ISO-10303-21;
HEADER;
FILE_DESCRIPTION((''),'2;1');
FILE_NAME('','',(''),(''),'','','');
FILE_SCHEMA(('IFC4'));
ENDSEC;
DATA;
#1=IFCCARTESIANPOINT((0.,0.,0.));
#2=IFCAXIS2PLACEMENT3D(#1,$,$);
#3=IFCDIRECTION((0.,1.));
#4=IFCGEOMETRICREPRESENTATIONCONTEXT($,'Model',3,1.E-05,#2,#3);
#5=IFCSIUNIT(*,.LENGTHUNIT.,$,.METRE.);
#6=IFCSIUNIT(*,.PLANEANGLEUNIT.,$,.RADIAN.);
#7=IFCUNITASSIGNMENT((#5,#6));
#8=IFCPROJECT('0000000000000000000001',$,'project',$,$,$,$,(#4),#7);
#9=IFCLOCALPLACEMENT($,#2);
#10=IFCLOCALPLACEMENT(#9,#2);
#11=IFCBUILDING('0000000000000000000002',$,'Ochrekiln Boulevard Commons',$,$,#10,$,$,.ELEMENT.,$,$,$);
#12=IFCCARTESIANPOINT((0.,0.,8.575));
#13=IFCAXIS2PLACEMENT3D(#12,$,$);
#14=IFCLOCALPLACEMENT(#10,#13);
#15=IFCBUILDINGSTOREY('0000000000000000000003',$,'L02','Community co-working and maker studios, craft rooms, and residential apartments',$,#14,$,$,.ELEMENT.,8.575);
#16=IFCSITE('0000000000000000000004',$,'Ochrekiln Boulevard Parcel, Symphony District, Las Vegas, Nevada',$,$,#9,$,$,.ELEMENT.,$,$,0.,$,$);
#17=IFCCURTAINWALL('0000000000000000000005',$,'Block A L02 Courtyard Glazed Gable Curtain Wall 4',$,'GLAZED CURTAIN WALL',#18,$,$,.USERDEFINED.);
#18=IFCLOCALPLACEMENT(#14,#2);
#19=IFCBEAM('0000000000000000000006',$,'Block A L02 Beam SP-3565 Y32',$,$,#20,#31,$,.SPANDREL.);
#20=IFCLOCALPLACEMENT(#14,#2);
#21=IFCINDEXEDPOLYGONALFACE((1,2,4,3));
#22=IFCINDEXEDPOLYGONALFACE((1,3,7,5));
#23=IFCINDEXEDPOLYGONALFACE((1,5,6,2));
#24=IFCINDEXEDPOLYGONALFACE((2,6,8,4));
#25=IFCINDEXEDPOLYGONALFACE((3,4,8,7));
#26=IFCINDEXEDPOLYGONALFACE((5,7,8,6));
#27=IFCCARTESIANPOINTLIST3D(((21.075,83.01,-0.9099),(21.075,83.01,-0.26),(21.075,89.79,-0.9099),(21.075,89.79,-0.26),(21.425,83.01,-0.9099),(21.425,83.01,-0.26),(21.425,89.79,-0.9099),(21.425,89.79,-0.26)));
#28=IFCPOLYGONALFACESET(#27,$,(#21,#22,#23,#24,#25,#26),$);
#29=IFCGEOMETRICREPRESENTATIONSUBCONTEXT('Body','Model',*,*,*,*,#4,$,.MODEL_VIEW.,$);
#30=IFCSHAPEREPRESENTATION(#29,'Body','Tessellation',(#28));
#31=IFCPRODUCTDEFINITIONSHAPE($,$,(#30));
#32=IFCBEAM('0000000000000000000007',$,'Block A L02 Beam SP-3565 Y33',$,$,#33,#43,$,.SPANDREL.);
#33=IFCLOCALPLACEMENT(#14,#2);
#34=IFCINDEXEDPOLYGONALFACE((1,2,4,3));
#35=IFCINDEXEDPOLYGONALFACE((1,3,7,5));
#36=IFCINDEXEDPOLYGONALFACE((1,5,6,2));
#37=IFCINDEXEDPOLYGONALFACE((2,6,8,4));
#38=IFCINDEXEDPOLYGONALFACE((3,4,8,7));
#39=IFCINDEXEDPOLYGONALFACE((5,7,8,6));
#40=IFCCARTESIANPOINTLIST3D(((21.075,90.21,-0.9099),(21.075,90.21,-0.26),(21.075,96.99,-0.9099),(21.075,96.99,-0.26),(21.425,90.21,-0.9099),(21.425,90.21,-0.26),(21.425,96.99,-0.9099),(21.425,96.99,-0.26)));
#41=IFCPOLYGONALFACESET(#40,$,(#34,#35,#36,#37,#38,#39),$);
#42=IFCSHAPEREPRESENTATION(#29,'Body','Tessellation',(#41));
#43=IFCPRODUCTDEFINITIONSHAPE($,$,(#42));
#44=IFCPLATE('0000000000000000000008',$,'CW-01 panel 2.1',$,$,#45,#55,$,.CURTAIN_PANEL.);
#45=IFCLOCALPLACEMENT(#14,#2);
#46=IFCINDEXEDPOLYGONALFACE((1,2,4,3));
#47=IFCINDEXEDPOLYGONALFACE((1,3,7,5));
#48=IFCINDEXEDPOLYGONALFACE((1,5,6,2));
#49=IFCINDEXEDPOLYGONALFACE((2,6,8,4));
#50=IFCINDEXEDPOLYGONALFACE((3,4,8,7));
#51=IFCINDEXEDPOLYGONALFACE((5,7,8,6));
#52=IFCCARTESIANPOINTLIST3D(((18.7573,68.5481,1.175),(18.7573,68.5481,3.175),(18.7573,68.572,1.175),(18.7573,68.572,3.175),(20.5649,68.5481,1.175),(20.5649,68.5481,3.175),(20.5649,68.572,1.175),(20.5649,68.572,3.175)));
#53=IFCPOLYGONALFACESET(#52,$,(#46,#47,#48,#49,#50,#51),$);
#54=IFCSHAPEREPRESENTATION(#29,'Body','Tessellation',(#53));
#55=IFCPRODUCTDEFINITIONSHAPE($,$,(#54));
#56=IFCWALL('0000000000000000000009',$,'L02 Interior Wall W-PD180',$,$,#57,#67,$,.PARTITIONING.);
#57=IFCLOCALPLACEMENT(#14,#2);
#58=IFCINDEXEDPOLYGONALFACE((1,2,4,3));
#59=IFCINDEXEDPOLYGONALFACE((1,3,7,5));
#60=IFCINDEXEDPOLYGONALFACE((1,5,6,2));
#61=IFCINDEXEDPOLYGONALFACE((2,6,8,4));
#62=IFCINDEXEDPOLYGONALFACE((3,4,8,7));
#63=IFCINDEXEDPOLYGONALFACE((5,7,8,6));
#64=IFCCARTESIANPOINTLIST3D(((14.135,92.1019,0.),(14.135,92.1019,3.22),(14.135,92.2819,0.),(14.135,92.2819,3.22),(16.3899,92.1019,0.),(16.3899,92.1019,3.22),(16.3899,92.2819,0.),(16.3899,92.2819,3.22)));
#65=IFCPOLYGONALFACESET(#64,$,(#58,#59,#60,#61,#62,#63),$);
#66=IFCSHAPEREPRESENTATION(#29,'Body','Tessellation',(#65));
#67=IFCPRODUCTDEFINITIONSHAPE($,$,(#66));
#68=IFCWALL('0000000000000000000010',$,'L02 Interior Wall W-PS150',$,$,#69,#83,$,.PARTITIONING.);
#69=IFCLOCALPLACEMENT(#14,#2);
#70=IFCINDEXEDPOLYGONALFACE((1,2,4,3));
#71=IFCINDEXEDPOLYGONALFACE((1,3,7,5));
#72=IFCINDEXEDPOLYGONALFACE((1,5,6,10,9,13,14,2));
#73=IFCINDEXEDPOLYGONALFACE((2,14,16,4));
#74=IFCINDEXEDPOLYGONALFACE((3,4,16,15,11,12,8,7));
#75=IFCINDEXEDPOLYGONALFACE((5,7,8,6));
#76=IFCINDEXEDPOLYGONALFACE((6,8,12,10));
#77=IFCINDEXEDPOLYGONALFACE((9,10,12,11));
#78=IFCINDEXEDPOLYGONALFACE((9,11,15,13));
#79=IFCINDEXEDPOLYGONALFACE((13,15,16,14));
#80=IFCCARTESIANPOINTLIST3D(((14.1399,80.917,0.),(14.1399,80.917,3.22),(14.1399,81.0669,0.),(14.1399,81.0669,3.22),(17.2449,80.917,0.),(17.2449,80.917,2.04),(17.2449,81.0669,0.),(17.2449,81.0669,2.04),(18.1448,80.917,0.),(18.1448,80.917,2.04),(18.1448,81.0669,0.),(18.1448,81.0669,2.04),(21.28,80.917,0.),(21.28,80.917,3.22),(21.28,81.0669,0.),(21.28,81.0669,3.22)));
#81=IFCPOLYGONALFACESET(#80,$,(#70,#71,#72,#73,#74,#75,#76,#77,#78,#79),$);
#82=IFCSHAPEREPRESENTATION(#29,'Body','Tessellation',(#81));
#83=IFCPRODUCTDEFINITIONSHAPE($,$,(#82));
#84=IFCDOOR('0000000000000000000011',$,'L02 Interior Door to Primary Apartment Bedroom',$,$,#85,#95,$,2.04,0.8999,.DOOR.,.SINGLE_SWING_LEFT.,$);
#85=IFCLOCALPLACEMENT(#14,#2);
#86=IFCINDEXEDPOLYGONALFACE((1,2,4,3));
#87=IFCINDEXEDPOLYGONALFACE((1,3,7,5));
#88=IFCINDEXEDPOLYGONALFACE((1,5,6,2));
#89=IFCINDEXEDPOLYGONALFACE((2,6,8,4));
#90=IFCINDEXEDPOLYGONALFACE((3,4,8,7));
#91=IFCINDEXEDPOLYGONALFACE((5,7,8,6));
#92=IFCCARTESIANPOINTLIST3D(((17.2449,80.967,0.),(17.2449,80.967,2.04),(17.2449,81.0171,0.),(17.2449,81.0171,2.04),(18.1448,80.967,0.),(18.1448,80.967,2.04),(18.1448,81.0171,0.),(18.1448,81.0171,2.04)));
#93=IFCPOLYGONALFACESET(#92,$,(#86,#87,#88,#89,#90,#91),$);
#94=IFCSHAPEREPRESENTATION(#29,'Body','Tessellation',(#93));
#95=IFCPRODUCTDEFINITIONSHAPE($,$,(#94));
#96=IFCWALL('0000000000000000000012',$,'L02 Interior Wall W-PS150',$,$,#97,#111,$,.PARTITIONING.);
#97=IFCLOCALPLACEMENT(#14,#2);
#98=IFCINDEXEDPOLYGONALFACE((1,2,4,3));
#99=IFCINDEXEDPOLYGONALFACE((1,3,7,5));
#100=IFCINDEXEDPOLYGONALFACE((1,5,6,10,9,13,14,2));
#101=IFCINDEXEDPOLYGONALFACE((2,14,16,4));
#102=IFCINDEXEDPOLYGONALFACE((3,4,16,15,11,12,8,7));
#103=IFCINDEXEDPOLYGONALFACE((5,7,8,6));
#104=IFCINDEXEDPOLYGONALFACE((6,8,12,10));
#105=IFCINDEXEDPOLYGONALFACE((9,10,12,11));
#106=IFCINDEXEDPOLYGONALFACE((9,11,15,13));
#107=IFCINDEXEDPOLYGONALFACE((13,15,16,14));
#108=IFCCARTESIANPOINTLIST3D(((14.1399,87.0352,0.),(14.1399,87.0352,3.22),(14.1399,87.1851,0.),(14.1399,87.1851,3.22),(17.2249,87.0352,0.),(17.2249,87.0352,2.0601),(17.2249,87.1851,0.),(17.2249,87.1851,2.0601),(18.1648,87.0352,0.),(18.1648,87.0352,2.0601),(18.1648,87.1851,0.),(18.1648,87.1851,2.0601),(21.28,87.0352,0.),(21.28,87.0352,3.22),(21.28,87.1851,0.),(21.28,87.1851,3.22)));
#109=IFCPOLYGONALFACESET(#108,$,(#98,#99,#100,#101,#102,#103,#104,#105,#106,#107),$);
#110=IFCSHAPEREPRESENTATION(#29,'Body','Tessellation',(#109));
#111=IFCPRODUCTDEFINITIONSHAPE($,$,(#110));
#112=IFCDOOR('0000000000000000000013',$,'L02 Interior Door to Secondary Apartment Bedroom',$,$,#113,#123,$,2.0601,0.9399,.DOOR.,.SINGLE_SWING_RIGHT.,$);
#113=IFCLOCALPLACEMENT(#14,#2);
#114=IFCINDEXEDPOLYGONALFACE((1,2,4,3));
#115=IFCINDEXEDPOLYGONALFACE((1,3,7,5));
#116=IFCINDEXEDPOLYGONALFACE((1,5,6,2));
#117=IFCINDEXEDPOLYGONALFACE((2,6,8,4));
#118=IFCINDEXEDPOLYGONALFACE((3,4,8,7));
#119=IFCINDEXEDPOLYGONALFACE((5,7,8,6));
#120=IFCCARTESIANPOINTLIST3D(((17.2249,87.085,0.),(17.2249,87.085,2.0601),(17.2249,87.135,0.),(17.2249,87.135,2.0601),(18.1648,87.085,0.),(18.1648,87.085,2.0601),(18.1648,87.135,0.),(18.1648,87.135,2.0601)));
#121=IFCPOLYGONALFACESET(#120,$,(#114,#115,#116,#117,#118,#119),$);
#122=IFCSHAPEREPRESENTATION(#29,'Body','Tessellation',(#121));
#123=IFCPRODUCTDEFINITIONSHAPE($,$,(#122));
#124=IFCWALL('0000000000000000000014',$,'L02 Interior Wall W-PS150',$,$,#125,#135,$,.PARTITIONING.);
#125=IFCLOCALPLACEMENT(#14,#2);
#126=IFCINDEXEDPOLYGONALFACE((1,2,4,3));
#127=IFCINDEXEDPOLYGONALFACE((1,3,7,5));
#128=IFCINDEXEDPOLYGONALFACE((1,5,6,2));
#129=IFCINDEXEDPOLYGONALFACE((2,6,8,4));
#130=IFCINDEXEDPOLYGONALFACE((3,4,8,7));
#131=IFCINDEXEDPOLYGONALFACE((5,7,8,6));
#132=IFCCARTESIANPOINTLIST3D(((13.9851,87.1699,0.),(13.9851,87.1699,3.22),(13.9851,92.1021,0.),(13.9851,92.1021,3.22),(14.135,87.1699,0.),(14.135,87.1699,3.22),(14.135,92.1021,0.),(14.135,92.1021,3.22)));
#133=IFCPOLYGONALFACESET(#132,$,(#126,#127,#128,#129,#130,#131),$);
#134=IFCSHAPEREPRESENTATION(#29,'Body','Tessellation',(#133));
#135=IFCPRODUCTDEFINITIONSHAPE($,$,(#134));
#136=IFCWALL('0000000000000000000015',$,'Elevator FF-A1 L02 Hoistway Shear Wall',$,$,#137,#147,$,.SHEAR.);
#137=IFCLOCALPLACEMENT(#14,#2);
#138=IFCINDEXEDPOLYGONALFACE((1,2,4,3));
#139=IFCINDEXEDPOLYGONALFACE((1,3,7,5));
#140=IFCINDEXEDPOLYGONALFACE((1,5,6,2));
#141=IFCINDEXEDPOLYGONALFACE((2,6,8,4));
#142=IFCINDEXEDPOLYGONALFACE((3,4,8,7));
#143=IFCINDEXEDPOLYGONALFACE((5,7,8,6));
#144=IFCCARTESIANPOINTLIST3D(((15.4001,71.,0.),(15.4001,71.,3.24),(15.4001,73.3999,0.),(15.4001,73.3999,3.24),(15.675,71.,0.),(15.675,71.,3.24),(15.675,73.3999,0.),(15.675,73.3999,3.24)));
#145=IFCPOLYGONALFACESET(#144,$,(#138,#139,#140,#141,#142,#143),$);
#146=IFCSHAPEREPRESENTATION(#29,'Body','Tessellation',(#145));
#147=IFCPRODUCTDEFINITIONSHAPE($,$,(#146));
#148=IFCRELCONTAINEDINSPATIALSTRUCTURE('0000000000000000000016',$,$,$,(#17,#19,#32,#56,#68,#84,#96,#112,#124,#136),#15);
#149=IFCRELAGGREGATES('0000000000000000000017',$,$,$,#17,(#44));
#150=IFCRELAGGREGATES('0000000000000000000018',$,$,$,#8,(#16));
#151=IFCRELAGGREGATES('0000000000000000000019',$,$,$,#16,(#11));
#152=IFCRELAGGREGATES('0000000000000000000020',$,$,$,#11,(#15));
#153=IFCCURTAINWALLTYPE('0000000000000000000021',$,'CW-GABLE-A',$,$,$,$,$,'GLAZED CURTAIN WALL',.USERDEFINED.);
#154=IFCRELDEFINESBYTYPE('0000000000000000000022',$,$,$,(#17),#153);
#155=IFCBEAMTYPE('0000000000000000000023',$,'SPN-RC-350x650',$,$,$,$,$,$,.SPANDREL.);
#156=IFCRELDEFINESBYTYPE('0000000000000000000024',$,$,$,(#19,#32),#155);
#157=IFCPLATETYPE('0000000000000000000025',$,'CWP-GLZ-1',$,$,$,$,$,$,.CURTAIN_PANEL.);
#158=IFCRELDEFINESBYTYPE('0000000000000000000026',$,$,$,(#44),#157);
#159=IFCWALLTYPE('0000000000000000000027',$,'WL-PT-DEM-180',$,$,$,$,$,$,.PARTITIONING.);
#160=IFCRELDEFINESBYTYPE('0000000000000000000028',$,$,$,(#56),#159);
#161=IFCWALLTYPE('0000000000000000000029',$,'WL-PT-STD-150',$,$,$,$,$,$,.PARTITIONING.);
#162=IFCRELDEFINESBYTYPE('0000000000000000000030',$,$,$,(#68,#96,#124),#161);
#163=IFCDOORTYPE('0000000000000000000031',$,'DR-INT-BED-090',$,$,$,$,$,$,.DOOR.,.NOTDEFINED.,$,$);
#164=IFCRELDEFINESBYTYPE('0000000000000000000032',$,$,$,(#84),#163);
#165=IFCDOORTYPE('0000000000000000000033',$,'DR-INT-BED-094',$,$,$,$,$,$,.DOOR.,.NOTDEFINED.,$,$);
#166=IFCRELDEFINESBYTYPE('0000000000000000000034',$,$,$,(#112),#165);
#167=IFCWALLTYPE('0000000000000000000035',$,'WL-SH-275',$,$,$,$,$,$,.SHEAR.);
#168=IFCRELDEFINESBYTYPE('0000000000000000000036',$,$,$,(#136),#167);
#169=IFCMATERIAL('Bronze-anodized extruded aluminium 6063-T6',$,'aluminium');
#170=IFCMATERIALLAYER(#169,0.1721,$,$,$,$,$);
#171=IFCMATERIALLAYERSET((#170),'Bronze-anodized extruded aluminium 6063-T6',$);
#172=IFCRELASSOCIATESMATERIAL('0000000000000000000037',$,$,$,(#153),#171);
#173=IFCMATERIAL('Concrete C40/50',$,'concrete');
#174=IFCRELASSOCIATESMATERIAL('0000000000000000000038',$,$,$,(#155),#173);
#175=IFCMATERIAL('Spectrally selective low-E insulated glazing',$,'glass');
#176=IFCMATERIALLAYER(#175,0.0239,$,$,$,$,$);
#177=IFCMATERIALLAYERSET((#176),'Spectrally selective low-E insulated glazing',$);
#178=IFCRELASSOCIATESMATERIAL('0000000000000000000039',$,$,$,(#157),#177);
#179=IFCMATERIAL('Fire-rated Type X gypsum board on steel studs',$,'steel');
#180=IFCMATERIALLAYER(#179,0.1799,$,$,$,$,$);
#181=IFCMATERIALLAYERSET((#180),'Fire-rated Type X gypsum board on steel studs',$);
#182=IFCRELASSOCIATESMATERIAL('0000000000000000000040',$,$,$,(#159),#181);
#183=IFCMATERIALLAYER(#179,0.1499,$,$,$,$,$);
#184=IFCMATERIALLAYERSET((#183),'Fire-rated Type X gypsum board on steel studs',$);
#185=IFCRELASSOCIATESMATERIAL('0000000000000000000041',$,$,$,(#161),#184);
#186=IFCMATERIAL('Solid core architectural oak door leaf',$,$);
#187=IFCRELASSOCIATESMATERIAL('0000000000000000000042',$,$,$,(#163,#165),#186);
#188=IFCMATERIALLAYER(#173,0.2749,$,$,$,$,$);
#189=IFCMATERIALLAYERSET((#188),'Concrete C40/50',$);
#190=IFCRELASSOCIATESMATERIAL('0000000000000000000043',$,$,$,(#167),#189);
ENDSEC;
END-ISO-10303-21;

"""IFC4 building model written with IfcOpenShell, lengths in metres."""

from ifc_helpers import new_model, si_unit, direction, frame, frame_2d, origin, origin_2d, place, context, subcontext, project, spatial, rectangle, extrude, material, layer, layer_set, material_profile, profile_set, type_object, element, fill, aggregate, save


model = new_model("IFC4")

# Units and contexts
model_context = context("Model", 3, precision=1e-05, world=origin(), true_north=direction((0.0, 1.0)))
body_context = subcontext(model_context, "Body", "Model", "MODEL_VIEW")
ifc_project = project(units=[si_unit("LENGTHUNIT", "METRE"), si_unit("PLANEANGLEUNIT", "RADIAN")], contexts=[model_context])

# Site, building, storey
site_placement = place(None, origin())
site = spatial("IfcSite", under=ifc_project, at=site_placement, Name="Ochrekiln Boulevard Parcel, Symphony District, Las Vegas, Nevada", CompositionType="ELEMENT", RefElevation=0.0)
building_placement = place(site_placement, origin())
building = spatial("IfcBuilding", under=site, at=building_placement, Name="Ochrekiln Boulevard Commons", CompositionType="ELEMENT")
storey_placement = place(building_placement, frame((0.0, 0.0, 8.575)))
storey = spatial("IfcBuildingStorey", under=building, at=storey_placement, Name="L02", Description="Community co-working and maker studios, craft rooms, and residential apartments", CompositionType="ELEMENT", Elevation=8.575)

# Shared definitions
ifc_material_1 = material(Name="Concrete C40/50", Category="concrete")

# Curtain wall
ifc_material_2 = material(Name="Bronze-anodized extruded aluminium 6063-T6", Category="aluminium")
ifc_layer_1 = layer(ifc_material_2, 0.1721)
ifc_layer_set_1 = layer_set([ifc_layer_1], Name="Bronze-anodized extruded aluminium 6063-T6")
curtain_wall_type = type_object("IfcCurtainWallType", Name="CW-GABLE-A", ElementType="GLAZED CURTAIN WALL", PredefinedType="USERDEFINED", material=ifc_layer_set_1)
curtain_wall_placement = place(storey_placement, origin())
curtain_wall = element("IfcCurtainWall", 1, at=curtain_wall_placement, inside=storey, type_object=curtain_wall_type, Name="Block A L02 Courtyard Glazed Gable Curtain Wall 4", ObjectType="GLAZED CURTAIN WALL", PredefinedType="USERDEFINED")

# Beams
ifc_material_profile_1 = material_profile(ifc_material_1, rectangle(XDim=0.3501, YDim=0.6499, at=origin_2d()), Name="RC-SPN-350x650")
ifc_profile_set_1 = profile_set([ifc_material_profile_1], Name="Concrete C40/50")
beam_type_1 = type_object("IfcBeamType", Name="SPN-RC-350x650", PredefinedType="SPANDREL", material=ifc_profile_set_1)
for number, where, z_axis, x_axis, name in (
    (2, (21.25, 83.01, -0.585), (0.0, 1.0, 0.0), (-1.0, 0.0, 0.0), "Block A L02 Beam SP-3565 Y32"),
    (3, (21.25, 90.21, -0.585), (0.0, 1.0, 0.0), (-1.0, 0.0, 0.0), "Block A L02 Beam SP-3565 Y33"),
):
    element("IfcBeam", number, at=place(storey_placement, frame(where, z_axis=z_axis, x_axis=x_axis)), inside=storey, type_object=beam_type_1, Name=name, PredefinedType="SPANDREL", context=body_context, shape_type="SweptSolid", body=[
        extrude(rectangle(XDim=0.3501, YDim=0.6499, at=origin_2d()), origin(), (0.0, 0.0, 1.0), 6.78),
    ])

# Plate
ifc_material_3 = material(Name="Spectrally selective low-E insulated glazing", Category="glass")
ifc_layer_2 = layer(ifc_material_3, 0.0239)
ifc_layer_set_2 = layer_set([ifc_layer_2], Name="Spectrally selective low-E insulated glazing")
plate_type = type_object("IfcPlateType", Name="CWP-GLZ-1", PredefinedType="CURTAIN_PANEL", material=ifc_layer_set_2)
plate_placement = place(storey_placement, frame((19.6611, 68.5601, 1.175), z_axis=(0.0, 0.0, 1.0), x_axis=(1.0, 0.0, 0.0)))
plate = element("IfcPlate", 4, at=plate_placement, type_object=plate_type, Name="CW-01 panel 2.1", PredefinedType="CURTAIN_PANEL", context=body_context, shape_type="SweptSolid", body=[
    extrude(rectangle(XDim=1.8076, YDim=0.0239, at=origin_2d()), origin(), (0.0, 0.0, 1.0), 2.0),
])
aggregate(curtain_wall, [plate])

# Wall
ifc_material_4 = material(Name="Fire-rated Type X gypsum board on steel studs", Category="steel")
ifc_layer_3 = layer(ifc_material_4, 0.1799)
ifc_layer_set_3 = layer_set([ifc_layer_3], Name="Fire-rated Type X gypsum board on steel studs")
wall_type_1 = type_object("IfcWallType", Name="WL-PT-DEM-180", PredefinedType="PARTITIONING", material=ifc_layer_set_3)
wall_1_placement = place(storey_placement, frame((14.135, 92.1919, 0.0), z_axis=(0.0, 0.0, 1.0), x_axis=(1.0, 0.0, 0.0)))
element("IfcWall", 5, at=wall_1_placement, inside=storey, type_object=wall_type_1, Name="L02 Interior Wall W-PD180", PredefinedType="PARTITIONING", context=body_context, shape_type="SweptSolid", body=[
    extrude(rectangle(XDim=2.2549, YDim=0.1799, at=frame_2d((1.1274, 0.0))), origin(), (0.0, 0.0, 1.0), 3.22),
])

# Walls, openings, doors
ifc_layer_4 = layer(ifc_material_4, 0.1499)
ifc_layer_set_4 = layer_set([ifc_layer_4], Name="Fire-rated Type X gypsum board on steel studs")
wall_type_2 = type_object("IfcWallType", Name="WL-PT-STD-150", PredefinedType="PARTITIONING", material=ifc_layer_set_4)
wall_2_placement = place(storey_placement, frame((14.1399, 80.9919, 0.0), z_axis=(0.0, 0.0, 1.0), x_axis=(1.0, 0.0, 0.0)))
wall_2 = element("IfcWall", 6, at=wall_2_placement, inside=storey, type_object=wall_type_2, Name="L02 Interior Wall W-PS150", PredefinedType="PARTITIONING", context=body_context, shape_type="SweptSolid", body=[
    extrude(rectangle(XDim=7.1401, YDim=0.1499, at=frame_2d((3.5701, 0.0))), origin(), (0.0, 0.0, 1.0), 3.22),
])
opening_1_placement = place(wall_2_placement, frame((3.105, 0.0, 0.0)))
opening_1 = element("IfcOpeningElement", 7, at=opening_1_placement, cuts=wall_2, PredefinedType="OPENING", context=body_context, shape_type="SweptSolid", body=[
    extrude(rectangle(XDim=0.8999, YDim=2.04, at=frame_2d((0.45, 1.02))), frame((0.0, 0.085, 0.0), z_axis=(0.0, -1.0, 0.0), x_axis=(1.0, 0.0, 0.0)), (0.0, 0.0, 1.0), 0.1699),
])
ifc_material_5 = material(Name="Solid core architectural oak door leaf")
door_type_1 = type_object("IfcDoorType", Name="DR-INT-BED-090", OperationType="NOTDEFINED", PredefinedType="DOOR", material=ifc_material_5)
door_1_placement = place(opening_1_placement, frame((0.8999, 0.0, 0.0), z_axis=(0.0, 0.0, 1.0), x_axis=(-1.0, 0.0, 0.0)))
door_1 = element("IfcDoor", 8, at=door_1_placement, inside=storey, type_object=door_type_1, Name="L02 Interior Door to Primary Apartment Bedroom", OperationType="SINGLE_SWING_LEFT", OverallHeight=2.04, OverallWidth=0.8999, PredefinedType="DOOR", context=body_context, shape_type="SweptSolid", body=[
    extrude(rectangle(XDim=0.8999, YDim=2.04, at=frame_2d((0.45, 1.02))), frame((0.0, 0.0249, 0.0), z_axis=(0.0, -1.0, 0.0), x_axis=(1.0, 0.0, 0.0)), (0.0, 0.0, 1.0), 0.05),
])
fill(opening_1, door_1)
wall_3_placement = place(storey_placement, frame((14.1399, 87.1101, 0.0), z_axis=(0.0, 0.0, 1.0), x_axis=(1.0, 0.0, 0.0)))
wall_3 = element("IfcWall", 9, at=wall_3_placement, inside=storey, type_object=wall_type_2, Name="L02 Interior Wall W-PS150", PredefinedType="PARTITIONING", context=body_context, shape_type="SweptSolid", body=[
    extrude(rectangle(XDim=7.1401, YDim=0.1499, at=frame_2d((3.5701, 0.0))), origin(), (0.0, 0.0, 1.0), 3.22),
])
opening_2_placement = place(wall_3_placement, frame((3.085, 0.0, 0.0)))
opening_2 = element("IfcOpeningElement", 10, at=opening_2_placement, cuts=wall_3, PredefinedType="OPENING", context=body_context, shape_type="SweptSolid", body=[
    extrude(rectangle(XDim=0.9399, YDim=2.0601, at=frame_2d((0.47, 1.03))), frame((0.0, 0.085, 0.0), z_axis=(0.0, -1.0, 0.0), x_axis=(1.0, 0.0, 0.0)), (0.0, 0.0, 1.0), 0.1699),
])
door_type_2 = type_object("IfcDoorType", Name="DR-INT-BED-094", OperationType="NOTDEFINED", PredefinedType="DOOR", material=ifc_material_5)
door_2_placement = place(opening_2_placement, origin())
door_2 = element("IfcDoor", 11, at=door_2_placement, inside=storey, type_object=door_type_2, Name="L02 Interior Door to Secondary Apartment Bedroom", OperationType="SINGLE_SWING_RIGHT", OverallHeight=2.0601, OverallWidth=0.9399, PredefinedType="DOOR", context=body_context, shape_type="SweptSolid", body=[
    extrude(rectangle(XDim=0.9399, YDim=2.0601, at=frame_2d((0.47, 1.03))), frame((0.0, 0.0249, 0.0), z_axis=(0.0, -1.0, 0.0), x_axis=(1.0, 0.0, 0.0)), (0.0, 0.0, 1.0), 0.05),
])
fill(opening_2, door_2)

# Walls
wall_4_placement = place(storey_placement, frame((14.0601, 87.1699, 0.0), z_axis=(0.0, 0.0, 1.0), x_axis=(0.0, 1.0, 0.0)))
element("IfcWall", 12, at=wall_4_placement, inside=storey, type_object=wall_type_2, Name="L02 Interior Wall W-PS150", PredefinedType="PARTITIONING", context=body_context, shape_type="SweptSolid", body=[
    extrude(rectangle(XDim=4.9321, YDim=0.1499, at=frame_2d((2.4661, 0.0))), origin(), (0.0, 0.0, 1.0), 3.22),
])
ifc_layer_5 = layer(ifc_material_1, 0.2749)
ifc_layer_set_5 = layer_set([ifc_layer_5], Name="Concrete C40/50")
wall_type_3 = type_object("IfcWallType", Name="WL-SH-275", PredefinedType="SHEAR", material=ifc_layer_set_5)
wall_5_placement = place(storey_placement, frame((15.5376, 71.0, 0.0), z_axis=(0.0, 0.0, 1.0), x_axis=(0.0, 1.0, 0.0)))
element("IfcWall", 13, at=wall_5_placement, inside=storey, type_object=wall_type_3, Name="Elevator FF-A1 L02 Hoistway Shear Wall", PredefinedType="SHEAR", context=body_context, shape_type="SweptSolid", body=[
    extrude(rectangle(XDim=2.3999, YDim=0.2749, at=frame_2d((1.2, 0.0))), origin(), (0.0, 0.0, 1.0), 3.24),
])

save(model, "model.ifc")
